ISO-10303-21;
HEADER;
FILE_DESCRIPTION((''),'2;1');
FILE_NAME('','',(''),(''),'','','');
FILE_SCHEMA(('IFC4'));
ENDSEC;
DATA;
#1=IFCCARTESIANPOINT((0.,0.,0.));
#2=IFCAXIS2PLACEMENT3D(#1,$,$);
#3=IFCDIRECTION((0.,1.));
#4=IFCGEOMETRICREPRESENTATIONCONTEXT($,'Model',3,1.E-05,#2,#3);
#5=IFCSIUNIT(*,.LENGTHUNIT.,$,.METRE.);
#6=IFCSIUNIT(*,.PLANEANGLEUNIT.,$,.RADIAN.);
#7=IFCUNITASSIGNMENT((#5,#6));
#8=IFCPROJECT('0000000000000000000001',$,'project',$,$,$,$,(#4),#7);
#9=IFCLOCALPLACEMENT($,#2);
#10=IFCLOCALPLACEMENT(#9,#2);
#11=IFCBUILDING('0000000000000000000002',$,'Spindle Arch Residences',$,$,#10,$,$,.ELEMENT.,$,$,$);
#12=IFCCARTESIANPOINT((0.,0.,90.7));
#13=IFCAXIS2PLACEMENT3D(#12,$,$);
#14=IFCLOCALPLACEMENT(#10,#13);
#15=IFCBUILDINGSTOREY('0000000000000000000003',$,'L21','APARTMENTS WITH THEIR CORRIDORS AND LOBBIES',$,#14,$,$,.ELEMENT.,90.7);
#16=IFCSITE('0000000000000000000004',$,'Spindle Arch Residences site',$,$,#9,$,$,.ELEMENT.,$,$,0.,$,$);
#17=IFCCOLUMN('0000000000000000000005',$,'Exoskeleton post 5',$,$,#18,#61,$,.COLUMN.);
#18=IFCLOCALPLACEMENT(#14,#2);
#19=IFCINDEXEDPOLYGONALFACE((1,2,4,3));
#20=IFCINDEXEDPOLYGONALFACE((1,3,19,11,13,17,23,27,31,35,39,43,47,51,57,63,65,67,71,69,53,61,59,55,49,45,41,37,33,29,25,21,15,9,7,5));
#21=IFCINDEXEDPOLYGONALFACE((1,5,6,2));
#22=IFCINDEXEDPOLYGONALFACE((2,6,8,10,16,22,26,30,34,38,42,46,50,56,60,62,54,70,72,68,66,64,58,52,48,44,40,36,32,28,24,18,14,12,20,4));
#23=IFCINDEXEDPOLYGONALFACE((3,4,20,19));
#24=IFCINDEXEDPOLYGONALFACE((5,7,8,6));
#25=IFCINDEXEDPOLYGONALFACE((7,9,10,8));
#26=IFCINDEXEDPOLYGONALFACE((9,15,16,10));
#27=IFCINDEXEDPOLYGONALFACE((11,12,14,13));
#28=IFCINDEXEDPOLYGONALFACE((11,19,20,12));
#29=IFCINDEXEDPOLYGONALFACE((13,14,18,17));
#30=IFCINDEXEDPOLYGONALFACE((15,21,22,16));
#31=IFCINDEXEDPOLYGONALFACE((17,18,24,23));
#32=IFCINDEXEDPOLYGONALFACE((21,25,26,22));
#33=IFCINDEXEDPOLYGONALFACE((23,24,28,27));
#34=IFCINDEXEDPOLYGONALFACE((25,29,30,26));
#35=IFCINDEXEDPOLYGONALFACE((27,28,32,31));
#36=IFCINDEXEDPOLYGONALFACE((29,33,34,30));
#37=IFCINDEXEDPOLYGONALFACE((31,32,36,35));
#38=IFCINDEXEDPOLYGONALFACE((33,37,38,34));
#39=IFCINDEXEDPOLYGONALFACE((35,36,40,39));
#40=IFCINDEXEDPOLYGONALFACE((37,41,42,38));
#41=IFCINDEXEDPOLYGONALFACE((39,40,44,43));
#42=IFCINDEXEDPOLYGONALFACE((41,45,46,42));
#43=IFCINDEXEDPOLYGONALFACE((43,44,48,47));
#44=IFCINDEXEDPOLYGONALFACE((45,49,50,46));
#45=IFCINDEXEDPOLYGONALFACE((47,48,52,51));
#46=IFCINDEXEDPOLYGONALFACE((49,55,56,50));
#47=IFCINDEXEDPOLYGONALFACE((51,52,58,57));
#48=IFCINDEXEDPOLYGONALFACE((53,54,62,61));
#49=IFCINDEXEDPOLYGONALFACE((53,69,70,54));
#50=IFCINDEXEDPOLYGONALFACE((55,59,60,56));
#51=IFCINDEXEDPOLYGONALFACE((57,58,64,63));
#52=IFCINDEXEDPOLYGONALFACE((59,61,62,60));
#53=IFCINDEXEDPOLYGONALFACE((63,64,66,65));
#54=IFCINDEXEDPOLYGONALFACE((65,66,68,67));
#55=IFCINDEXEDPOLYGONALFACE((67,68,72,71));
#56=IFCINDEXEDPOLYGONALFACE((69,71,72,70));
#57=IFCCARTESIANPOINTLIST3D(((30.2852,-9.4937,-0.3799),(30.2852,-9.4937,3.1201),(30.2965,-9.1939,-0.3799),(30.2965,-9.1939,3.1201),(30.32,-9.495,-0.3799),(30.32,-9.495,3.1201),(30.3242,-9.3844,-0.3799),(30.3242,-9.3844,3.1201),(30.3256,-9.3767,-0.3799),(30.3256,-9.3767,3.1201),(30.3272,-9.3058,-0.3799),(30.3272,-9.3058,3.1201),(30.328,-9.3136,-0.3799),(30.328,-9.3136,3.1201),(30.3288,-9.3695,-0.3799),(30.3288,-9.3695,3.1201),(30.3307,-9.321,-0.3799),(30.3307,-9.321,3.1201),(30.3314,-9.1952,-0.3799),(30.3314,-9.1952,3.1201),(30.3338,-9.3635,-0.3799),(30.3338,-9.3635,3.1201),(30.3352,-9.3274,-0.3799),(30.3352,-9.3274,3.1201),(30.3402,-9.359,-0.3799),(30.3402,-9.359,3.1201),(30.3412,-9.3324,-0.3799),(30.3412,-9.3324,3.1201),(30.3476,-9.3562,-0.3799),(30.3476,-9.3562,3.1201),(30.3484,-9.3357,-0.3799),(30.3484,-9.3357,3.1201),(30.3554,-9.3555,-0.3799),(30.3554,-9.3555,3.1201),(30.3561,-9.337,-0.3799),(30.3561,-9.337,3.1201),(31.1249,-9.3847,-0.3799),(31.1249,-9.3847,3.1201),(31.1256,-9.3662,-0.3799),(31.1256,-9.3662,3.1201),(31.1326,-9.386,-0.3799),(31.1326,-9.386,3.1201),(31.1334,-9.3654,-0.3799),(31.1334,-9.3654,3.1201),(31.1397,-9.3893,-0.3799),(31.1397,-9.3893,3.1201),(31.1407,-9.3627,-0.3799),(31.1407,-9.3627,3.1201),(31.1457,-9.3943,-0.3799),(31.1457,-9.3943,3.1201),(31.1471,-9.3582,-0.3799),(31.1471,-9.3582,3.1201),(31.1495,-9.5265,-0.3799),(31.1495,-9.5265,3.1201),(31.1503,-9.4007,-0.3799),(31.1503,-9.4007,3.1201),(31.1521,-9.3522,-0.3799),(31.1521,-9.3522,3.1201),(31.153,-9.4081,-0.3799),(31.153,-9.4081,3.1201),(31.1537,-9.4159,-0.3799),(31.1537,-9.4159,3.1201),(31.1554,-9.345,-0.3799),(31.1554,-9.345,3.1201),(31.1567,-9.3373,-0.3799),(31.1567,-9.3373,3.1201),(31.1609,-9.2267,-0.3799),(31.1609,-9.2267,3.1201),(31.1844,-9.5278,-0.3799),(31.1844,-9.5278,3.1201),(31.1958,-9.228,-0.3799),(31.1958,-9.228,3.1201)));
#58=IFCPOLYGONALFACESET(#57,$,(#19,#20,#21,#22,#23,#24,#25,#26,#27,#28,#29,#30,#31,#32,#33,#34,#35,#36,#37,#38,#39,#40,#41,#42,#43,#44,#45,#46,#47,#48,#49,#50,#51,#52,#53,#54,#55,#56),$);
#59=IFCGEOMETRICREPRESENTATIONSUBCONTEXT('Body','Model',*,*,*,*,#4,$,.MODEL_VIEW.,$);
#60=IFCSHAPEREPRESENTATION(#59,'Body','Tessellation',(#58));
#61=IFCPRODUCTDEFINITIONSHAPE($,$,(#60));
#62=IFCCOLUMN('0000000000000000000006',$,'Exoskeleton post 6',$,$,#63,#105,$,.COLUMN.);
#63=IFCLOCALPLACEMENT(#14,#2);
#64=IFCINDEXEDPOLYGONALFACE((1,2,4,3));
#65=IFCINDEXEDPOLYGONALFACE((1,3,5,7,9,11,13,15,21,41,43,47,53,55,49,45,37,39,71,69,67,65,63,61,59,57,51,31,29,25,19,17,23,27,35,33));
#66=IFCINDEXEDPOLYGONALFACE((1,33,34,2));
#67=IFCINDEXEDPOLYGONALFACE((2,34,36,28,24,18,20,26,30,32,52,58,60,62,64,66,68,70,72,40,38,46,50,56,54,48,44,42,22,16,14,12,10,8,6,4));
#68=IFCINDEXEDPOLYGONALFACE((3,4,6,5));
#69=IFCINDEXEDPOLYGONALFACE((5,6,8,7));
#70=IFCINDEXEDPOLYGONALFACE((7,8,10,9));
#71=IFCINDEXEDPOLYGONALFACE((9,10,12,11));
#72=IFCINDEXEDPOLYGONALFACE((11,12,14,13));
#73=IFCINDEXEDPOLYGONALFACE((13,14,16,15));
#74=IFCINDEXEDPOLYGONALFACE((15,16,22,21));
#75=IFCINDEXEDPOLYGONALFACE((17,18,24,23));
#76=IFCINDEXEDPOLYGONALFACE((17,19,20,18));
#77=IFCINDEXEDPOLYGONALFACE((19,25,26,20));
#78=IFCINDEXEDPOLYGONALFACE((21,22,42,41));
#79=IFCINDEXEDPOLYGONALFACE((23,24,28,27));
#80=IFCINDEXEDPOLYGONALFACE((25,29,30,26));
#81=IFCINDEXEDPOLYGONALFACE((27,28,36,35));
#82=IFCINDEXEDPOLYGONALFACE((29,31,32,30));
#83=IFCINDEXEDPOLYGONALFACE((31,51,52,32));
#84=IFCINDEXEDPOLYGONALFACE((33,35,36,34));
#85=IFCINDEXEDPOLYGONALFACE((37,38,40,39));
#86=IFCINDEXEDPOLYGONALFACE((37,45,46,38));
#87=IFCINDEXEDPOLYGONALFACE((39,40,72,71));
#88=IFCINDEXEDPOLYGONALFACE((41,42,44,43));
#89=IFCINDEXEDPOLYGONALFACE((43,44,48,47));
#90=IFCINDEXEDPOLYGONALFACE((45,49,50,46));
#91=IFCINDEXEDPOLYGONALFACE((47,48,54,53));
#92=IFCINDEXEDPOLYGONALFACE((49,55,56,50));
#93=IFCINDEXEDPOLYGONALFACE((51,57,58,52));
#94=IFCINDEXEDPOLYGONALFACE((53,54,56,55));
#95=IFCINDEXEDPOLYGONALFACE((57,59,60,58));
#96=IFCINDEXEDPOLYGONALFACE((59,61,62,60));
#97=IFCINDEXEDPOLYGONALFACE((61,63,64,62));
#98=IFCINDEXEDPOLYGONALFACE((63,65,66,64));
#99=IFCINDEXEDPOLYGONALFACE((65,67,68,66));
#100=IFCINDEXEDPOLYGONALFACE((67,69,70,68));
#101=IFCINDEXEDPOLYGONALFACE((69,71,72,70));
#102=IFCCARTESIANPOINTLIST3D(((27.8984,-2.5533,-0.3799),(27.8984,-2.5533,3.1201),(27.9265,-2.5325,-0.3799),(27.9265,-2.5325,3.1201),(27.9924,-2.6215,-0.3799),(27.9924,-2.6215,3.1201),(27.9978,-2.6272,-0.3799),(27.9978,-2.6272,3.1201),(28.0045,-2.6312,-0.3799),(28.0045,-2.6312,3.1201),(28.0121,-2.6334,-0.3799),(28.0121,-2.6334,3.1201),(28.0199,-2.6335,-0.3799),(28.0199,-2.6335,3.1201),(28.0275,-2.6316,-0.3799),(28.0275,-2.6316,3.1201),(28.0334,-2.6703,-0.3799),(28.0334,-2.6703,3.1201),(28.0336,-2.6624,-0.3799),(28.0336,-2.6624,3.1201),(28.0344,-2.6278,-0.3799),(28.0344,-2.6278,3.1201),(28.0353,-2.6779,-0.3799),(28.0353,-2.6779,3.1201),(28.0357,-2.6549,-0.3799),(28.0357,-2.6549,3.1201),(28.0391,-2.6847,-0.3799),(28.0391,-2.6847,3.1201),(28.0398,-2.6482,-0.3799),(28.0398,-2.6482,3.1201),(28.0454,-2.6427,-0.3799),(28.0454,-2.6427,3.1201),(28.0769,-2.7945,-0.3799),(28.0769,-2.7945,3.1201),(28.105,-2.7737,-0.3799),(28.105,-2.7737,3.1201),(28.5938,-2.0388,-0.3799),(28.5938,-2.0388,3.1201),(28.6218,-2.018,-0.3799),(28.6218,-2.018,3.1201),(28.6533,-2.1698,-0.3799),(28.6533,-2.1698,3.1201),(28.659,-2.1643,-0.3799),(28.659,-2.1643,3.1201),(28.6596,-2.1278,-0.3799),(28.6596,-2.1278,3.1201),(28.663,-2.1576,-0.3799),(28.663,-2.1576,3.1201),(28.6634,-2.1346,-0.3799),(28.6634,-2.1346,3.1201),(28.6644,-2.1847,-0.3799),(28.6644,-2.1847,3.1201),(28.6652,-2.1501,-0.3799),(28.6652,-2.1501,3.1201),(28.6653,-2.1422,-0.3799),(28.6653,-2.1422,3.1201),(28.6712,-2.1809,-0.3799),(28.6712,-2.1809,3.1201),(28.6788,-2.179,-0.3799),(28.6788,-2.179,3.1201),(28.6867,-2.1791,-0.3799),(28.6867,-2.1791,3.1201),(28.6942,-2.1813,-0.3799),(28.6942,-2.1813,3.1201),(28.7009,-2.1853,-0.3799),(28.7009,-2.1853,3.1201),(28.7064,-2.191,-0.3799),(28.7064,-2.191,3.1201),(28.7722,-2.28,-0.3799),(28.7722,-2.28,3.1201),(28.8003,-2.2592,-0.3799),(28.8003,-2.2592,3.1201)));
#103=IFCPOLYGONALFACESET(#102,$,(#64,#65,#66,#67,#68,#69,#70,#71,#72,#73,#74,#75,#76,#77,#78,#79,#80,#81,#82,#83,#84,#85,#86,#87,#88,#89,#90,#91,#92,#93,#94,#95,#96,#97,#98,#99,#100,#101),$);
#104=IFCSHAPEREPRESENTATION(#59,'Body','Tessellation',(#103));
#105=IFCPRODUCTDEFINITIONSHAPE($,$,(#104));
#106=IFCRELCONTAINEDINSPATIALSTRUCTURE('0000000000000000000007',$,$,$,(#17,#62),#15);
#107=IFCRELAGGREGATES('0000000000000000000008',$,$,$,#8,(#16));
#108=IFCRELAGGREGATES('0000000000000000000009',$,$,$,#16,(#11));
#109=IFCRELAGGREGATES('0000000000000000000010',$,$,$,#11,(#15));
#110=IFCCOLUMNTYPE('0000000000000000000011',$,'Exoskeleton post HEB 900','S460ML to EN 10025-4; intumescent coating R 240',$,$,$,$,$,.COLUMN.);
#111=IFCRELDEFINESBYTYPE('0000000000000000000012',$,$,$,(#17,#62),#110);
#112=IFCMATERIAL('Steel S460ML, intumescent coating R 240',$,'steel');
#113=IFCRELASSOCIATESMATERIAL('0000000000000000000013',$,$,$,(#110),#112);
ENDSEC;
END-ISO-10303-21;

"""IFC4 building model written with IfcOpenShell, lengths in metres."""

from ifc_helpers import new_model, si_unit, direction, frame, origin, origin_2d, place, context, subcontext, project, spatial, i_section, extrude, material, material_profile, profile_set, type_object, element, save


model = new_model("IFC4")

# Units and contexts
model_context = context("Model", 3, precision=1e-05, world=origin(), true_north=direction((0.0, 1.0)))
body_context = subcontext(model_context, "Body", "Model", "MODEL_VIEW")
ifc_project = project(units=[si_unit("LENGTHUNIT", "METRE"), si_unit("PLANEANGLEUNIT", "RADIAN")], contexts=[model_context])

# Site, building, storey
site_placement = place(None, origin())
site = spatial("IfcSite", under=ifc_project, at=site_placement, Name="Spindle Arch Residences site", CompositionType="ELEMENT", RefElevation=0.0)
building_placement = place(site_placement, origin())
building = spatial("IfcBuilding", under=site, at=building_placement, Name="Spindle Arch Residences", CompositionType="ELEMENT")
storey_placement = place(building_placement, frame((0.0, 0.0, 90.7)))
storey = spatial("IfcBuildingStorey", under=building, at=storey_placement, Name="L21", Description="APARTMENTS WITH THEIR CORRIDORS AND LOBBIES", CompositionType="ELEMENT", Elevation=90.7)

# Columns
ifc_material_1 = material(Name="Steel S460ML, intumescent coating R 240", Category="steel")
ifc_material_profile_1 = material_profile(ifc_material_1, i_section(OverallWidth=0.3, OverallDepth=0.8999, WebThickness=0.0186, FlangeThickness=0.0349, FilletRadius=0.03, at=origin_2d()), Name="HEB 900")
ifc_profile_set_1 = profile_set([ifc_material_profile_1], Name="Steel S460ML, intumescent coating R 240")
column_type_1 = type_object("IfcColumnType", Name="Exoskeleton post HEB 900", Description="S460ML to EN 10025-4; intumescent coating R 240", PredefinedType="COLUMN", material=ifc_profile_set_1)
for number, where, z_axis, x_axis, name in (
    (1, (30.7405, -9.3608, -0.3799), (0.0, 0.0, 1.0), (-0.037924, -0.999281, 0.0), "Exoskeleton post 5"),
    (2, (28.3494, -2.4062, -0.3799), (0.0, 0.0, 1.0), (0.594823, -0.803857, 0.0), "Exoskeleton post 6"),
):
    element("IfcColumn", number, at=place(storey_placement, frame(where, z_axis=z_axis, x_axis=x_axis)), inside=storey, type_object=column_type_1, Name=name, PredefinedType="COLUMN", context=body_context, shape_type="SweptSolid", body=[
        extrude(i_section(OverallWidth=0.3, OverallDepth=0.8999, WebThickness=0.0186, FlangeThickness=0.0349, FilletRadius=0.03, at=origin_2d()), origin(), (0.0, 0.0, 1.0), 3.5),
    ])

save(model, "model.ifc")
